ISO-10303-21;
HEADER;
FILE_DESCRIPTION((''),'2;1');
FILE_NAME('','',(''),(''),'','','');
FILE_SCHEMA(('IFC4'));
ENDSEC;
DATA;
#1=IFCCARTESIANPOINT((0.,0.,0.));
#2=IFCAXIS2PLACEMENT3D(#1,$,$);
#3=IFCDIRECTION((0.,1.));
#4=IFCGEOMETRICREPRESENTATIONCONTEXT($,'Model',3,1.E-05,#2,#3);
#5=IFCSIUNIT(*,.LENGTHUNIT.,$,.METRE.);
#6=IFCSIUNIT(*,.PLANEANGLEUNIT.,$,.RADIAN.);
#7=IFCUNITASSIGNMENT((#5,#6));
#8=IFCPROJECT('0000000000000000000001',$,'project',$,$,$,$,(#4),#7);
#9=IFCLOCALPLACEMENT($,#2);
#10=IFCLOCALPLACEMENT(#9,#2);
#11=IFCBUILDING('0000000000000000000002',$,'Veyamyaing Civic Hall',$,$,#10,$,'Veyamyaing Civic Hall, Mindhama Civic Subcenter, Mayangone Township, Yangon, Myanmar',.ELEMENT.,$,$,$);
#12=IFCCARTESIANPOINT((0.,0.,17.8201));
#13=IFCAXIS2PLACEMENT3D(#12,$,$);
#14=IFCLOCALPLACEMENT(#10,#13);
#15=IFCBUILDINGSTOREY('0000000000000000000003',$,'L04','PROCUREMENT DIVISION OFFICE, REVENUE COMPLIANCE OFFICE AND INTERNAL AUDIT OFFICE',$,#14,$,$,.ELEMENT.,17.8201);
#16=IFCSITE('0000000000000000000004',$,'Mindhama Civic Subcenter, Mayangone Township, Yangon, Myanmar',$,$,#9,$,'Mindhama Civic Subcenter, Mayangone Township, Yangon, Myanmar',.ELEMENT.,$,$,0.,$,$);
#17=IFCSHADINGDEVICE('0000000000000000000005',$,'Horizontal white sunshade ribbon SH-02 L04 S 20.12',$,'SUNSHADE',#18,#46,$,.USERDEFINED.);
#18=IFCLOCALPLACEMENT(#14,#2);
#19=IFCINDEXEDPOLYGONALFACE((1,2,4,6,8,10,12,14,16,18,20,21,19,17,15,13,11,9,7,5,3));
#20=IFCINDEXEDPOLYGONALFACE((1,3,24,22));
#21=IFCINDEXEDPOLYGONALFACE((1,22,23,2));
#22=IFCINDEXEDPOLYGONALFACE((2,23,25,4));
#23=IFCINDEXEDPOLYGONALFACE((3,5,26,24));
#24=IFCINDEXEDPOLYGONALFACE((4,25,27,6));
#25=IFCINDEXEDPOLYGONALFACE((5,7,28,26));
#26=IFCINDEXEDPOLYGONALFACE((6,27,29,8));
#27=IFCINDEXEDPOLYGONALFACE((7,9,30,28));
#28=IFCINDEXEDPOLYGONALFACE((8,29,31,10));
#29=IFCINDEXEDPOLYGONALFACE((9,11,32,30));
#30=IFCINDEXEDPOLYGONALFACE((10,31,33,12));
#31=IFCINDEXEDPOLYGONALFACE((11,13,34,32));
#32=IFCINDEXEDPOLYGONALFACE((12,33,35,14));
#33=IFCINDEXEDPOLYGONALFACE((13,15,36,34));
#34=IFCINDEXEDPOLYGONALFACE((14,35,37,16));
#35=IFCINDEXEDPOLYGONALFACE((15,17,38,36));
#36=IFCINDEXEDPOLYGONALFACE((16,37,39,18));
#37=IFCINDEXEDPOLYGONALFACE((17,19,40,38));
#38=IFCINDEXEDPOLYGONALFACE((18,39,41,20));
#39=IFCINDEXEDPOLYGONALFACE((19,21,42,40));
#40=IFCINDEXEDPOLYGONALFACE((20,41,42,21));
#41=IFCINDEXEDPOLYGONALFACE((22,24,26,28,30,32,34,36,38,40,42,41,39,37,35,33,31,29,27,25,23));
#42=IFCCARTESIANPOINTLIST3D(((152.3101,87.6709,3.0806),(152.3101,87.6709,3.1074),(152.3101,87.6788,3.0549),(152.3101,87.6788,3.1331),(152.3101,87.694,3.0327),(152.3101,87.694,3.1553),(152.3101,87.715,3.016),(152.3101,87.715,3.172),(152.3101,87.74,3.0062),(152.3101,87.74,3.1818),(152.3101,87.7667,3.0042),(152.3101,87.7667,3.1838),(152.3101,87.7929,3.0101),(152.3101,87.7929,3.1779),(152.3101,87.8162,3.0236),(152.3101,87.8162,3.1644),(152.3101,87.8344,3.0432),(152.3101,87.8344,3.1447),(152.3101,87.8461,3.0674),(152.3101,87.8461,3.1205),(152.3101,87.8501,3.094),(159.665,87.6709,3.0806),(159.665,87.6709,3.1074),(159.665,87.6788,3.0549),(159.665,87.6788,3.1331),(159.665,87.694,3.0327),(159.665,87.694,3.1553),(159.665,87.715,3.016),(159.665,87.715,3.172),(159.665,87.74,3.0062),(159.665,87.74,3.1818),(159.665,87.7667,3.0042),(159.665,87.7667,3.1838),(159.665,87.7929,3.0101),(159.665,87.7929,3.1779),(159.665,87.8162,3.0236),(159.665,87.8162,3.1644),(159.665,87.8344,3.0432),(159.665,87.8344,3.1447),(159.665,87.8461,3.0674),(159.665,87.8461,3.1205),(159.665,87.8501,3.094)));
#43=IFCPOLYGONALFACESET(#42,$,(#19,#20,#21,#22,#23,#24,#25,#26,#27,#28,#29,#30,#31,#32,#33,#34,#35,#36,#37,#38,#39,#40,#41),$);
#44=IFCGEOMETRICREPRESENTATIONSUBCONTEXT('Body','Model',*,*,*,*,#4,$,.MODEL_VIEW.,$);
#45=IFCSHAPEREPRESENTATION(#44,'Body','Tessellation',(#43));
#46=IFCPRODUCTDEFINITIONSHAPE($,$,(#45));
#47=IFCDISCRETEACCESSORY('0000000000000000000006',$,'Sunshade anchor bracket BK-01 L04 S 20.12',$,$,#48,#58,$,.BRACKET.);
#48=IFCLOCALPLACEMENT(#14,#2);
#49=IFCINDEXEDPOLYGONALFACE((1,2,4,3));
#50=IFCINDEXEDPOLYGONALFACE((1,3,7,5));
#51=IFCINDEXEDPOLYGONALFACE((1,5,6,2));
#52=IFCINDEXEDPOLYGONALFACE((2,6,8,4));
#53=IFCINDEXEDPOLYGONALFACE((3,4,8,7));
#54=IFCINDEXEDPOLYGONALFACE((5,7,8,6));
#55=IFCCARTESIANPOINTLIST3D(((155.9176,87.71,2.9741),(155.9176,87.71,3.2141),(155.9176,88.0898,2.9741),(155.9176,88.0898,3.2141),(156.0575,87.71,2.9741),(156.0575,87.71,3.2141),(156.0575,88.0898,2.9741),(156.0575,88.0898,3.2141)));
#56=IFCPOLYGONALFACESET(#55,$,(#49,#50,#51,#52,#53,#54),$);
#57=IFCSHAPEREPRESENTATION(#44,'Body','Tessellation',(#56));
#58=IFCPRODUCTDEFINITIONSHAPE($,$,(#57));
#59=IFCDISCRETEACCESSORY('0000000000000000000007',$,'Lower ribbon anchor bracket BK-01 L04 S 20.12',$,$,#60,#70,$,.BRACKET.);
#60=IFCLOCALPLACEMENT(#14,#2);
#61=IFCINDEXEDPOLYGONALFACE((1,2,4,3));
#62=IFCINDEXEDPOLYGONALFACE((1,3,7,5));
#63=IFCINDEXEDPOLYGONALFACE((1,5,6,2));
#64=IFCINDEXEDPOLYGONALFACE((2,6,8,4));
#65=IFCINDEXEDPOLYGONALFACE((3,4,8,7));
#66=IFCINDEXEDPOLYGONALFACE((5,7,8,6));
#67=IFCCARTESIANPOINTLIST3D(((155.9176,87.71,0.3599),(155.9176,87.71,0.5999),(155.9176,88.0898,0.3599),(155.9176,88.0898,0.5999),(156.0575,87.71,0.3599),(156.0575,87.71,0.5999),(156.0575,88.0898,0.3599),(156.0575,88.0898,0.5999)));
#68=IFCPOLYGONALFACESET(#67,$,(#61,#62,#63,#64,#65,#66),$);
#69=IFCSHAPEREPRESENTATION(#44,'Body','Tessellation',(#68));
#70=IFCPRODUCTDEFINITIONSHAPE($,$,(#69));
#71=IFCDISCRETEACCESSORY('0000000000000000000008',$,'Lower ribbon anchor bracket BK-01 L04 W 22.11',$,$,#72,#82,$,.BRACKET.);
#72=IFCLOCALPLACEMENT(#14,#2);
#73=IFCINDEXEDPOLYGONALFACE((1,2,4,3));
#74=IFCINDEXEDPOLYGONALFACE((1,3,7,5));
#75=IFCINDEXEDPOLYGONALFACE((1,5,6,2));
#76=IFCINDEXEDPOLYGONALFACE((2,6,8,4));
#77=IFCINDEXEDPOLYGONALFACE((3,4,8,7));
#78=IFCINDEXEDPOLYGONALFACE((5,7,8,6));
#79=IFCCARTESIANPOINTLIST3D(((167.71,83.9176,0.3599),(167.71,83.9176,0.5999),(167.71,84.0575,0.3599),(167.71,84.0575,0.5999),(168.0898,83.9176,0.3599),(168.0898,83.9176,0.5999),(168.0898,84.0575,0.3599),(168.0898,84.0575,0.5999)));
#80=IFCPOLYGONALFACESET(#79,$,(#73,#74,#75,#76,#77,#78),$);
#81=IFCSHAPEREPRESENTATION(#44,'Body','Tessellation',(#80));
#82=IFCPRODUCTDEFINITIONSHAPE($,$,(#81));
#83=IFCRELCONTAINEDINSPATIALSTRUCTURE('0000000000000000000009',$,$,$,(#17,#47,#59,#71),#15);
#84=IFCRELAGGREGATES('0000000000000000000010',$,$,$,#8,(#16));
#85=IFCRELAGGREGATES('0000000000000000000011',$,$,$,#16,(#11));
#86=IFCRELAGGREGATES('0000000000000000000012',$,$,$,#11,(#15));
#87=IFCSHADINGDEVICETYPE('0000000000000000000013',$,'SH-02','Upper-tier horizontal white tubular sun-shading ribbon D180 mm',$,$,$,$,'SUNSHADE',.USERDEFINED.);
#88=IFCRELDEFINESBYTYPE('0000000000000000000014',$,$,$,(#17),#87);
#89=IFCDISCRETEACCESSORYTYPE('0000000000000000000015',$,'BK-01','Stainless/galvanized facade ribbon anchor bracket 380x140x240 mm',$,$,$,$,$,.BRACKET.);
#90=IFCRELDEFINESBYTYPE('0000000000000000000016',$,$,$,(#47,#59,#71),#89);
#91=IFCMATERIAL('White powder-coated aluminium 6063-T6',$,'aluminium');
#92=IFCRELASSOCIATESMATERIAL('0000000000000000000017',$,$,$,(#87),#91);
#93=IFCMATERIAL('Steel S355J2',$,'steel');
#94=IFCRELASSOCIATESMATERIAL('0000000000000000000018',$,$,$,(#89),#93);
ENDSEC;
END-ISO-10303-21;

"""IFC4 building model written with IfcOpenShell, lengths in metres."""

from ifc_helpers import new_model, si_unit, direction, frame, origin, origin_2d, place, context, subcontext, project, spatial, rectangle, circle, extrude, material, material_profile, profile_set, type_object, element, save


model = new_model("IFC4")

# Units and contexts
model_context = context("Model", 3, precision=1e-05, world=origin(), true_north=direction((0.0, 1.0)))
body_context = subcontext(model_context, "Body", "Model", "MODEL_VIEW")
ifc_project = project(units=[si_unit("LENGTHUNIT", "METRE"), si_unit("PLANEANGLEUNIT", "RADIAN")], contexts=[model_context])

# Site, building, storey
site_placement = place(None, origin())
site = spatial("IfcSite", under=ifc_project, at=site_placement, Name="Mindhama Civic Subcenter, Mayangone Township, Yangon, Myanmar", LongName="Mindhama Civic Subcenter, Mayangone Township, Yangon, Myanmar", CompositionType="ELEMENT", RefElevation=0.0)
building_placement = place(site_placement, origin())
building = spatial("IfcBuilding", under=site, at=building_placement, Name="Veyamyaing Civic Hall", LongName="Veyamyaing Civic Hall, Mindhama Civic Subcenter, Mayangone Township, Yangon, Myanmar", CompositionType="ELEMENT")
storey_placement = place(building_placement, frame((0.0, 0.0, 17.8201)))
storey = spatial("IfcBuildingStorey", under=building, at=storey_placement, Name="L04", Description="PROCUREMENT DIVISION OFFICE, REVENUE COMPLIANCE OFFICE AND INTERNAL AUDIT OFFICE", CompositionType="ELEMENT", Elevation=17.8201)

# Shared definitions
ifc_material_1 = material(Name="White powder-coated aluminium 6063-T6", Category="aluminium")

# Shading device
ifc_material_profile_1 = material_profile(ifc_material_1, circle(Radius=0.0901, at=origin_2d()), Name="SHADE-TUBE-180")
ifc_profile_set_1 = profile_set([ifc_material_profile_1], Name="White powder-coated aluminium 6063-T6")
shading_device_type = type_object("IfcShadingDeviceType", Name="SH-02", Description="Upper-tier horizontal white tubular sun-shading ribbon D180 mm", ElementType="SUNSHADE", PredefinedType="USERDEFINED", material=ifc_profile_set_1)
shading_device_placement = place(storey_placement, frame((152.3101, 87.76, 3.094), z_axis=(1.0, 0.0, 0.0), x_axis=(0.0, 1.0, 0.0)))
element("IfcShadingDevice", 1, at=shading_device_placement, inside=storey, type_object=shading_device_type, Name="Horizontal white sunshade ribbon SH-02 L04 S 20.12", ObjectType="SUNSHADE", PredefinedType="USERDEFINED", context=body_context, shape_type="SweptSolid", body=[
    extrude(circle(Radius=0.0901, at=origin_2d()), origin(), (0.0, 0.0, 1.0), 7.355),
])

# Discrete accessories
ifc_material_2 = material(Name="Steel S355J2", Category="steel")
discrete_accessory_type = type_object("IfcDiscreteAccessoryType", Name="BK-01", Description="Stainless/galvanized facade ribbon anchor bracket 380x140x240 mm", PredefinedType="BRACKET", material=ifc_material_2)
for number, where, z_axis, x_axis, name in (
    (2, (155.9875, 87.8999, 2.9741), (0.0, 0.0, 1.0), (0.0, -1.0, 0.0), "Sunshade anchor bracket BK-01 L04 S 20.12"),
    (3, (155.9875, 87.8999, 0.3599), (0.0, 0.0, 1.0), (0.0, -1.0, 0.0), "Lower ribbon anchor bracket BK-01 L04 S 20.12"),
    (4, (167.8999, 83.9875, 0.3599), (0.0, 0.0, 1.0), (-1.0, 0.0, 0.0), "Lower ribbon anchor bracket BK-01 L04 W 22.11"),
):
    element("IfcDiscreteAccessory", number, at=place(storey_placement, frame(where, z_axis=z_axis, x_axis=x_axis)), inside=storey, type_object=discrete_accessory_type, Name=name, PredefinedType="BRACKET", context=body_context, shape_type="SweptSolid", body=[
        extrude(rectangle(XDim=0.3799, YDim=0.1399, at=origin_2d()), origin(), (0.0, 0.0, 1.0), 0.24),
    ])

save(model, "model.ifc")
